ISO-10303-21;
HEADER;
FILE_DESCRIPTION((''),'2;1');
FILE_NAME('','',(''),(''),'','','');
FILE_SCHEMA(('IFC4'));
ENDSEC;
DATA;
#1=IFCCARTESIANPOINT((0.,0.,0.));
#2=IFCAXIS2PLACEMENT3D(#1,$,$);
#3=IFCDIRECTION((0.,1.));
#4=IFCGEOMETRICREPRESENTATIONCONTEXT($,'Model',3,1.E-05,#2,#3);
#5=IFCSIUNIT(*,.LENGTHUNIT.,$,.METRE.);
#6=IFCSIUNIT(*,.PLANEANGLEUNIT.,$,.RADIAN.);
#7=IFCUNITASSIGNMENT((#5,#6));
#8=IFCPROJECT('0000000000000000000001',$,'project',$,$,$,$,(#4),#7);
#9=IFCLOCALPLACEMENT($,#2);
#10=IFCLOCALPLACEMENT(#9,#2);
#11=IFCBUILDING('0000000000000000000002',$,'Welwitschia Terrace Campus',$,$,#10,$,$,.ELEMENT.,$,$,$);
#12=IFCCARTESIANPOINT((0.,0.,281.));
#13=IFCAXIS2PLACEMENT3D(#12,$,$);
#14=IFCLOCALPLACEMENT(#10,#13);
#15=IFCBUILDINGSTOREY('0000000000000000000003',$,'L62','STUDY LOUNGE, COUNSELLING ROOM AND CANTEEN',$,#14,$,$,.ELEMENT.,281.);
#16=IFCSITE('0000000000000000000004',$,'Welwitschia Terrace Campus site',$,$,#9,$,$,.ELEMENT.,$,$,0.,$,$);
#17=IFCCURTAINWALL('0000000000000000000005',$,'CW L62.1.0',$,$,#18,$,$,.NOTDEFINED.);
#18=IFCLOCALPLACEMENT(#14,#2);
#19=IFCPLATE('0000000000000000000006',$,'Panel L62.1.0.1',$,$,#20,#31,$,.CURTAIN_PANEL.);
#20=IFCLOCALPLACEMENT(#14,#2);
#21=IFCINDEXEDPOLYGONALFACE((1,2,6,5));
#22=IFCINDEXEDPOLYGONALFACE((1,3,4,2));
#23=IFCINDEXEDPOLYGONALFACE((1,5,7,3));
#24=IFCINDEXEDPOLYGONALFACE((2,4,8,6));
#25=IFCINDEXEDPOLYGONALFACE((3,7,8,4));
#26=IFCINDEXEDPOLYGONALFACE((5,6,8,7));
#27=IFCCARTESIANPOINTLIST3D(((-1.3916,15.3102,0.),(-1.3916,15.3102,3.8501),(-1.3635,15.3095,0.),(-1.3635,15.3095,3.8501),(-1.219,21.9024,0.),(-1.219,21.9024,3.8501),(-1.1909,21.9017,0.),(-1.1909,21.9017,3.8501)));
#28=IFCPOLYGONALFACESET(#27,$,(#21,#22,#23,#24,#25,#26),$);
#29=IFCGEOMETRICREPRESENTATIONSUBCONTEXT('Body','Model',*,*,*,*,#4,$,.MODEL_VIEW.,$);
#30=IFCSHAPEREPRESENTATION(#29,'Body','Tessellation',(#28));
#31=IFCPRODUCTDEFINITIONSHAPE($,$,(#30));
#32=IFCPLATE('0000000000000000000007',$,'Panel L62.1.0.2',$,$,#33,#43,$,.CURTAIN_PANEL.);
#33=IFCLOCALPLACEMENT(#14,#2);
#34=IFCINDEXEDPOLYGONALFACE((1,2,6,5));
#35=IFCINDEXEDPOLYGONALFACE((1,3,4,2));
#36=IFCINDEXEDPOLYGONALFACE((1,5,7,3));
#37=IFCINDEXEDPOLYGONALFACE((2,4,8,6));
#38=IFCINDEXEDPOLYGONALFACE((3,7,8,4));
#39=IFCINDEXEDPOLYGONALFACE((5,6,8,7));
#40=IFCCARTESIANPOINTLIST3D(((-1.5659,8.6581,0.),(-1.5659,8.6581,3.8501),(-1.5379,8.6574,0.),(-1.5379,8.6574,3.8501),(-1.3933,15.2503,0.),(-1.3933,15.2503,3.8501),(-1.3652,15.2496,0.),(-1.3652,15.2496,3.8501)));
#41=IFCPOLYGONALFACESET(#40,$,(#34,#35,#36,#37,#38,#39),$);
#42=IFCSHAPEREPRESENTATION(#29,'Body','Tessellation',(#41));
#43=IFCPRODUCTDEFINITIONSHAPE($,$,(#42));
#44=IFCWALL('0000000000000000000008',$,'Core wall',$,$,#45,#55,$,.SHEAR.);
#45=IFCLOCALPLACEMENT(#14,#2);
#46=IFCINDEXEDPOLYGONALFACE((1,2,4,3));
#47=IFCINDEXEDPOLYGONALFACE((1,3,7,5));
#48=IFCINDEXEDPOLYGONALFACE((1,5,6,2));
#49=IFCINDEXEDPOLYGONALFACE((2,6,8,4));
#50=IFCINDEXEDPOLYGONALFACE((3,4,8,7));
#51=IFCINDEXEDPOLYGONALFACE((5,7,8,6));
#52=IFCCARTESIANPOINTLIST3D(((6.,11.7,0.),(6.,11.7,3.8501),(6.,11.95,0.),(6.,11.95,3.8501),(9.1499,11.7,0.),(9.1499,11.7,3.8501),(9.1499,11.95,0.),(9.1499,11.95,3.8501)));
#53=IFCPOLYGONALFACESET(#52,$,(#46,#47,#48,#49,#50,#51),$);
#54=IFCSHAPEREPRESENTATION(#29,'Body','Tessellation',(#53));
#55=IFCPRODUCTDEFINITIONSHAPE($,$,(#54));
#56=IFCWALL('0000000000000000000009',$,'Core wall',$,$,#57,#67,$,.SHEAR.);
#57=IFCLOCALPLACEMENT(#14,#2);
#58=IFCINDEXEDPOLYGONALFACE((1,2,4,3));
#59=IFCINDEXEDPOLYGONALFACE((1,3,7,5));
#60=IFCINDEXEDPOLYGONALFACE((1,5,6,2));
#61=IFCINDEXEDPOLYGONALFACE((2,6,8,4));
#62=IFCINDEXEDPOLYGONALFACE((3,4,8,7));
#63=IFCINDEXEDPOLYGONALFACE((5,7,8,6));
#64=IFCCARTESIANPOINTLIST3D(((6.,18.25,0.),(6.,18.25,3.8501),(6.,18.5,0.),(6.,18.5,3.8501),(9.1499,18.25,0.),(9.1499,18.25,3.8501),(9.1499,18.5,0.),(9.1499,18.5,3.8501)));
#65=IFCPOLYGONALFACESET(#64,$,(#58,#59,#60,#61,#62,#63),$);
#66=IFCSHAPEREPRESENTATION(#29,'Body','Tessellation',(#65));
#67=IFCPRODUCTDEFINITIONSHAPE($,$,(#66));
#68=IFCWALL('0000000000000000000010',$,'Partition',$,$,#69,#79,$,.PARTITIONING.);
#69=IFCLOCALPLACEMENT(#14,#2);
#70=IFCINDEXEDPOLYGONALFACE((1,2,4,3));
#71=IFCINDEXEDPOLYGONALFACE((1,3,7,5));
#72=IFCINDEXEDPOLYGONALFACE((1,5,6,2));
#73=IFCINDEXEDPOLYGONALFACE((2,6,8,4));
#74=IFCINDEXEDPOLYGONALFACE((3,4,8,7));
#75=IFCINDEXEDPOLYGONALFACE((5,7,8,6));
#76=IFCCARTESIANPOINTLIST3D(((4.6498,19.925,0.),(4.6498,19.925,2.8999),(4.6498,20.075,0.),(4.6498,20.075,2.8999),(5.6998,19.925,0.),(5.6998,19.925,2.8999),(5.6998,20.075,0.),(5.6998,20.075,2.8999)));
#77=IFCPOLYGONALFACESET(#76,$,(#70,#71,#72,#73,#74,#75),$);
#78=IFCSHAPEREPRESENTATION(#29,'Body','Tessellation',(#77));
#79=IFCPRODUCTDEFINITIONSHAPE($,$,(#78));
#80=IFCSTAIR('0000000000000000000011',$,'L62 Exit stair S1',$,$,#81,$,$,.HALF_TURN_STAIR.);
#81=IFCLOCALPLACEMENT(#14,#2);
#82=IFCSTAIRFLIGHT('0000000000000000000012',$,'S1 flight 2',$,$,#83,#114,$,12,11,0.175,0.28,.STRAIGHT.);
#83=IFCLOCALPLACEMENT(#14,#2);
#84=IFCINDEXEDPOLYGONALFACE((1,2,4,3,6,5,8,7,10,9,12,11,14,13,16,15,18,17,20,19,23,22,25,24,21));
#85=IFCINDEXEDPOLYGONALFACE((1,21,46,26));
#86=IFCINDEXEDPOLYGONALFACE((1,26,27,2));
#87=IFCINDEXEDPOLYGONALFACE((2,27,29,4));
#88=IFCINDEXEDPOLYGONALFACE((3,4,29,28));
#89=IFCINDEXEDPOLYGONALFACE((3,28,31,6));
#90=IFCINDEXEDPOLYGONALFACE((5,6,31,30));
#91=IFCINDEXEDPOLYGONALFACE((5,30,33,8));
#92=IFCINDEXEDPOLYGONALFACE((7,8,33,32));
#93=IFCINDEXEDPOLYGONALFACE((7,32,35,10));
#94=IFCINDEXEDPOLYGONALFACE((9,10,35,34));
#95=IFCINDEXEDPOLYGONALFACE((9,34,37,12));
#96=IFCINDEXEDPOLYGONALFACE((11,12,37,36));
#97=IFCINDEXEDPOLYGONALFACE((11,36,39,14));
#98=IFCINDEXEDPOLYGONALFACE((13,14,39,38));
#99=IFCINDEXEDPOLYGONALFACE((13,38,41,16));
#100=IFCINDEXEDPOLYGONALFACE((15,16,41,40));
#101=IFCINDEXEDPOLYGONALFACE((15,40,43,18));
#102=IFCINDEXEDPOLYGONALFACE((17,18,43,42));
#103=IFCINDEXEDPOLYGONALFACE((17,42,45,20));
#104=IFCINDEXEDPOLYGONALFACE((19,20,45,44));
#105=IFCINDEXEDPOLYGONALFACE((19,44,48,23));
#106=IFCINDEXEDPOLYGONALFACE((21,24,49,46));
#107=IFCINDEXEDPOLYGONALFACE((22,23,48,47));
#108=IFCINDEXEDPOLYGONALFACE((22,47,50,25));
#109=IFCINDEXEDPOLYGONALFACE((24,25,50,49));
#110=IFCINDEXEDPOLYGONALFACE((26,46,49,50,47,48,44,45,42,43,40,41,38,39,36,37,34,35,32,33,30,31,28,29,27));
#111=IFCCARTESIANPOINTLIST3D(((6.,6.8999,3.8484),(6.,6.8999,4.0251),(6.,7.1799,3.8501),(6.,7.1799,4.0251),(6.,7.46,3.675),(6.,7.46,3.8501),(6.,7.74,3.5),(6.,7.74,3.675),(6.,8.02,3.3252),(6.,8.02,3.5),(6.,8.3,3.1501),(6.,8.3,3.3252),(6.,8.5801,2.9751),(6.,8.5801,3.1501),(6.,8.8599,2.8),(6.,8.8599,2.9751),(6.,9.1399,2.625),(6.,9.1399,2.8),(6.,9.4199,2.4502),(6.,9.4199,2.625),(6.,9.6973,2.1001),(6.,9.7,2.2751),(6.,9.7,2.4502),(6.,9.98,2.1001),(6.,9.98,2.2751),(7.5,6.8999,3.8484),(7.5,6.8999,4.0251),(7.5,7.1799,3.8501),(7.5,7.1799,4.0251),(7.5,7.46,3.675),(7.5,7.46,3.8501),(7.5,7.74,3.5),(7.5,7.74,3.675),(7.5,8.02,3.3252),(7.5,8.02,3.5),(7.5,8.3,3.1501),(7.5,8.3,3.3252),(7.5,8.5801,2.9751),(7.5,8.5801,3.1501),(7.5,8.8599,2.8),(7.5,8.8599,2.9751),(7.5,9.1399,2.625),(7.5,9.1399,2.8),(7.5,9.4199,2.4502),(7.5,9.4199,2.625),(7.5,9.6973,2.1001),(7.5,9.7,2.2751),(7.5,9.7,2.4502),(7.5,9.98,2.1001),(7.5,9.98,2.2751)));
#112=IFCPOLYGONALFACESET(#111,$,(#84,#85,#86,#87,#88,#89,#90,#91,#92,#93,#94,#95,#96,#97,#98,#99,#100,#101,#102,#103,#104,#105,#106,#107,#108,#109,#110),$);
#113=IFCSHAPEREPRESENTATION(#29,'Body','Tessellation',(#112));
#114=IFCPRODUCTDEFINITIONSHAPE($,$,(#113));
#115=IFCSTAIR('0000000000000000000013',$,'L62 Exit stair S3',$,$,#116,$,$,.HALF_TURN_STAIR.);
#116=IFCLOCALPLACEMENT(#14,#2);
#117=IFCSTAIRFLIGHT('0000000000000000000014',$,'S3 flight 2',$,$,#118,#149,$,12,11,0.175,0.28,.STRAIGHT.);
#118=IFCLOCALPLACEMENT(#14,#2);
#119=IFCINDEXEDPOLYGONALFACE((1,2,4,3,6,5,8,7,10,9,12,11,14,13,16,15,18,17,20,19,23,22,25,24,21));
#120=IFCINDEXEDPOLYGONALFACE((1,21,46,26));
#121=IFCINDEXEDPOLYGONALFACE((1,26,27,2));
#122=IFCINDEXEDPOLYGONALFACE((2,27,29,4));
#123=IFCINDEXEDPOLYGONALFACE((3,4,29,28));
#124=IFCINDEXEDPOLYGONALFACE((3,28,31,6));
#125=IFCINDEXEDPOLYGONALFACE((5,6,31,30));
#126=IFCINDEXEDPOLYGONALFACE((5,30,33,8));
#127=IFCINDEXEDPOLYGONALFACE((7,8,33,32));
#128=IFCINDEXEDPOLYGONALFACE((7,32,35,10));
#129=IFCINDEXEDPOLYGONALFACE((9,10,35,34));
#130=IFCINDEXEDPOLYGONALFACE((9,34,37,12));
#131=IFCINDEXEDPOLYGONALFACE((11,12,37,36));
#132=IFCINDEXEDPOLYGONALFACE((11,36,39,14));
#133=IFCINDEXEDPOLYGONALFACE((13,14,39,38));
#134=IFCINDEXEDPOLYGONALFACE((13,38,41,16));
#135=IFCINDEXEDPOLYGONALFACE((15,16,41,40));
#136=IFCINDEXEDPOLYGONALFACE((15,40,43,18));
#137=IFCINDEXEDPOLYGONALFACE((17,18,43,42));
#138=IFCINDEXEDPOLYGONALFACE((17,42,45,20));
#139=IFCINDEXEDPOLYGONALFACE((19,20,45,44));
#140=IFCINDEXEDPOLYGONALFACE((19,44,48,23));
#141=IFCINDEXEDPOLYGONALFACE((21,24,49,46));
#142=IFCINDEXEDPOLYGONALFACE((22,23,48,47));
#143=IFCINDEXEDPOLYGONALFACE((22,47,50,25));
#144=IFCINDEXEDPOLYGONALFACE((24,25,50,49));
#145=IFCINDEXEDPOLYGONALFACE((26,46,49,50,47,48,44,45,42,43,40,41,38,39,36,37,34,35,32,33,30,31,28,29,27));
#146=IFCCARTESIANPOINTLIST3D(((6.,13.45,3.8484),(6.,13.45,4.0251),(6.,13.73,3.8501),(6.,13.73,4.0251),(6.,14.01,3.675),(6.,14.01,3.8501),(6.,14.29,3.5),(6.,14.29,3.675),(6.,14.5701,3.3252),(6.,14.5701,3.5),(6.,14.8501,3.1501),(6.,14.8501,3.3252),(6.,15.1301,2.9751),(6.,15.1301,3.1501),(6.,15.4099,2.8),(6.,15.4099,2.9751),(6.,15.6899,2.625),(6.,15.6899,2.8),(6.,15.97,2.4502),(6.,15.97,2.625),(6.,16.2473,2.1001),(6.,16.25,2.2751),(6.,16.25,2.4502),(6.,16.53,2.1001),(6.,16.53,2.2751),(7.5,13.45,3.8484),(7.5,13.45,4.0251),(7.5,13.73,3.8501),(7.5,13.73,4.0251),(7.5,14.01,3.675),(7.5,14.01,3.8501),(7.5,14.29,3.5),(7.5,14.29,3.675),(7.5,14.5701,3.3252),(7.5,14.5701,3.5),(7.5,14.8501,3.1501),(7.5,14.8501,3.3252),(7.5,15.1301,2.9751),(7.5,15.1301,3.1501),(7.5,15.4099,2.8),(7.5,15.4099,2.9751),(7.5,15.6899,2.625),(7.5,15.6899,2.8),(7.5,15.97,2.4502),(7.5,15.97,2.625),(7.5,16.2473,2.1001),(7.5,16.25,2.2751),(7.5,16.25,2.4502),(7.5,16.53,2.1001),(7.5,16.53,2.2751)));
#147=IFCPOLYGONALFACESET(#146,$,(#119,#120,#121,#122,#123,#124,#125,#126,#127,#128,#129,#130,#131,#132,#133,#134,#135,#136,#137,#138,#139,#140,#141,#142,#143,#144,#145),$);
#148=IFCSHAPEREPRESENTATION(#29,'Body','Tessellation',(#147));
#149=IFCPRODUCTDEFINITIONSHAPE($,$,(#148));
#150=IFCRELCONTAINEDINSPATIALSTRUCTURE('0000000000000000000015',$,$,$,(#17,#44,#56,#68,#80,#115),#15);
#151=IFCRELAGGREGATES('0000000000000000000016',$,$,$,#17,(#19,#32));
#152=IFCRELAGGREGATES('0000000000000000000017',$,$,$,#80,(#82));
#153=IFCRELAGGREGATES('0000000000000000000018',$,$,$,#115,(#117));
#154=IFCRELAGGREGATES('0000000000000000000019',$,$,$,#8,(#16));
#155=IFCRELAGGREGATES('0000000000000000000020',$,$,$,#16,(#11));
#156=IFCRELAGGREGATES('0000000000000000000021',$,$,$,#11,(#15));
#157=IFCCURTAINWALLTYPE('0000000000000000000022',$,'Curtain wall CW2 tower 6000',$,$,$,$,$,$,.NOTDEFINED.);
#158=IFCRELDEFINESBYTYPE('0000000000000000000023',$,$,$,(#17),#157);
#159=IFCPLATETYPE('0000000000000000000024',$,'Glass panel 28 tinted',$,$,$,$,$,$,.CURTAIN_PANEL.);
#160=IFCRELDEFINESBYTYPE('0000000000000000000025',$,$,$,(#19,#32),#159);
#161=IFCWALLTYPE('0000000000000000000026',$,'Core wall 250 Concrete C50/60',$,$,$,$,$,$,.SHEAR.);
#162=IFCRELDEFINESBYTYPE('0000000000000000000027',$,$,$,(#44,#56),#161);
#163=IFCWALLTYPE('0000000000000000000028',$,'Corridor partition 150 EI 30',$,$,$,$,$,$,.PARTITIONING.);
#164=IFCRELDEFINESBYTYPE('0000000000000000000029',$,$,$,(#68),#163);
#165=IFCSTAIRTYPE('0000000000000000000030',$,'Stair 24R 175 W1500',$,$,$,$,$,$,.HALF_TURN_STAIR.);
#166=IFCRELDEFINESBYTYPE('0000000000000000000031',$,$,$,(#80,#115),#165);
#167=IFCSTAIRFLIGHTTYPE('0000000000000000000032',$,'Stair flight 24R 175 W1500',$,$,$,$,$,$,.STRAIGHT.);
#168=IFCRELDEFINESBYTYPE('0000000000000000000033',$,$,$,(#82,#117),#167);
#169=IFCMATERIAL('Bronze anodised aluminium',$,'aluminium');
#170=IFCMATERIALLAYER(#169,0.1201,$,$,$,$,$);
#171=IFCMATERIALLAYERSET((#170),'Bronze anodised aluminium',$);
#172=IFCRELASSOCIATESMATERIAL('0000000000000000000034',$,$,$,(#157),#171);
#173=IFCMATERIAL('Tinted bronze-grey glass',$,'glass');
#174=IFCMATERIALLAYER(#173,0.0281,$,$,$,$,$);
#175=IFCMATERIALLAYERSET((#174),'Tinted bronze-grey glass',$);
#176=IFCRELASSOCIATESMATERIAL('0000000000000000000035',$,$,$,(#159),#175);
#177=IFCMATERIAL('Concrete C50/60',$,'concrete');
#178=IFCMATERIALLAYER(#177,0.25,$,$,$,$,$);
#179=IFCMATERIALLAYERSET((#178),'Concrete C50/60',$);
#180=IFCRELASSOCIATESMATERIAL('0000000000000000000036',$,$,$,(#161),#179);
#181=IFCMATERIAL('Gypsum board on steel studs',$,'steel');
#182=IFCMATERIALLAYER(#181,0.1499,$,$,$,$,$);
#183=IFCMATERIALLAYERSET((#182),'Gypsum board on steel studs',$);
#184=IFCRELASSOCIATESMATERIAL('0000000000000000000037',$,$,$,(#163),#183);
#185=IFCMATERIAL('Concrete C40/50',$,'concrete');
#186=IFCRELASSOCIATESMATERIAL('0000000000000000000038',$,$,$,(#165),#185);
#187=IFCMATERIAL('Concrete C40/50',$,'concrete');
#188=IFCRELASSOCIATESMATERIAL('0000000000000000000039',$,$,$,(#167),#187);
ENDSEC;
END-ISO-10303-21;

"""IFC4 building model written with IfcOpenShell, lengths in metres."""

from ifc_helpers import new_model, si_unit, direction, frame, frame_2d, origin, origin_2d, place, context, subcontext, project, spatial, polyline, rectangle, outline, extrude, material, layer, layer_set, type_object, element, aggregate, save


model = new_model("IFC4")

# Units and contexts
model_context = context("Model", 3, precision=1e-05, world=origin(), true_north=direction((0.0, 1.0)))
body_context = subcontext(model_context, "Body", "Model", "MODEL_VIEW")
ifc_project = project(units=[si_unit("LENGTHUNIT", "METRE"), si_unit("PLANEANGLEUNIT", "RADIAN")], contexts=[model_context])

# Site, building, storey
site_placement = place(None, origin())
site = spatial("IfcSite", under=ifc_project, at=site_placement, Name="Welwitschia Terrace Campus site", CompositionType="ELEMENT", RefElevation=0.0)
building_placement = place(site_placement, origin())
building = spatial("IfcBuilding", under=site, at=building_placement, Name="Welwitschia Terrace Campus", CompositionType="ELEMENT")
storey_placement = place(building_placement, frame((0.0, 0.0, 281.0)))
storey = spatial("IfcBuildingStorey", under=building, at=storey_placement, Name="L62", Description="STUDY LOUNGE, COUNSELLING ROOM AND CANTEEN", CompositionType="ELEMENT", Elevation=281.0)

# Curtain wall
ifc_material_1 = material(Name="Bronze anodised aluminium", Category="aluminium")
ifc_layer_1 = layer(ifc_material_1, 0.1201)
ifc_layer_set_1 = layer_set([ifc_layer_1], Name="Bronze anodised aluminium")
curtain_wall_type = type_object("IfcCurtainWallType", Name="Curtain wall CW2 tower 6000", PredefinedType="NOTDEFINED", material=ifc_layer_set_1)
curtain_wall_placement = place(storey_placement, origin())
curtain_wall = element("IfcCurtainWall", 1, at=curtain_wall_placement, inside=storey, type_object=curtain_wall_type, Name="CW L62.1.0", PredefinedType="NOTDEFINED")

# Plates
ifc_material_2 = material(Name="Tinted bronze-grey glass", Category="glass")
ifc_layer_2 = layer(ifc_material_2, 0.0281)
ifc_layer_set_2 = layer_set([ifc_layer_2], Name="Tinted bronze-grey glass")
plate_type = type_object("IfcPlateType", Name="Glass panel 28 tinted", PredefinedType="CURTAIN_PANEL", material=ifc_layer_set_2)
plate_1_placement = place(storey_placement, frame((-1.2913, 18.606, 0.0), z_axis=(0.0, 0.0, 1.0), x_axis=(-0.026177, -0.999657, 0.0)))
plate_1 = element("IfcPlate", 2, at=plate_1_placement, type_object=plate_type, Name="Panel L62.1.0.1", PredefinedType="CURTAIN_PANEL", context=body_context, shape_type="SweptSolid", body=[
    extrude(rectangle(XDim=6.5945, YDim=0.0281, at=origin_2d()), origin(), (0.0, 0.0, 1.0), 3.8501),
])
plate_2_placement = place(storey_placement, frame((-1.4656, 11.9539, 0.0), z_axis=(0.0, 0.0, 1.0), x_axis=(-0.026177, -0.999657, 0.0)))
plate_2 = element("IfcPlate", 3, at=plate_2_placement, type_object=plate_type, Name="Panel L62.1.0.2", PredefinedType="CURTAIN_PANEL", context=body_context, shape_type="SweptSolid", body=[
    extrude(rectangle(XDim=6.5945, YDim=0.0281, at=origin_2d()), origin(), (0.0, 0.0, 1.0), 3.8501),
])
aggregate(curtain_wall, [plate_1, plate_2])

# Walls
ifc_material_3 = material(Name="Concrete C50/60", Category="concrete")
ifc_layer_3 = layer(ifc_material_3, 0.25)
ifc_layer_set_3 = layer_set([ifc_layer_3], Name="Concrete C50/60")
wall_type_1 = type_object("IfcWallType", Name="Core wall 250 Concrete C50/60", PredefinedType="SHEAR", material=ifc_layer_set_3)
for number, where, z_axis, x_axis, name in (
    (4, (6.0, 11.825, 0.0), (0.0, 0.0, 1.0), (1.0, 0.0, 0.0), "Core wall"),
    (5, (6.0, 18.375, 0.0), (0.0, 0.0, 1.0), (1.0, 0.0, 0.0), "Core wall"),
):
    element("IfcWall", number, at=place(storey_placement, frame(where, z_axis=z_axis, x_axis=x_axis)), inside=storey, type_object=wall_type_1, Name=name, PredefinedType="SHEAR", context=body_context, shape_type="SweptSolid", body=[
        extrude(rectangle(XDim=3.1499, YDim=0.25, at=frame_2d((1.575, 0.0))), origin(), (0.0, 0.0, 1.0), 3.8501),
    ])
ifc_material_4 = material(Name="Gypsum board on steel studs", Category="steel")
ifc_layer_4 = layer(ifc_material_4, 0.1499)
ifc_layer_set_4 = layer_set([ifc_layer_4], Name="Gypsum board on steel studs")
wall_type_2 = type_object("IfcWallType", Name="Corridor partition 150 EI 30", PredefinedType="PARTITIONING", material=ifc_layer_set_4)
wall_placement = place(storey_placement, frame((4.6499, 20.0, 0.0), z_axis=(0.0, 0.0, 1.0), x_axis=(1.0, 0.0, 0.0)))
element("IfcWall", 6, at=wall_placement, inside=storey, type_object=wall_type_2, Name="Partition", PredefinedType="PARTITIONING", context=body_context, shape_type="SweptSolid", body=[
    extrude(rectangle(XDim=1.05, YDim=0.1499, at=frame_2d((0.5249, 0.0))), origin(), (0.0, 0.0, 1.0), 2.8999),
])

# Stairs, stair flights
ifc_material_5 = material(Name="Concrete C40/50", Category="concrete")
stair_type = type_object("IfcStairType", Name="Stair 24R 175 W1500", PredefinedType="HALF_TURN_STAIR", material=ifc_material_5)
stair_1_placement = place(storey_placement, origin())
stair_1 = element("IfcStair", 7, at=stair_1_placement, inside=storey, type_object=stair_type, Name="L62 Exit stair S1", PredefinedType="HALF_TURN_STAIR")
ifc_material_6 = material(Name="Concrete C40/50", Category="concrete")
stair_flight_type = type_object("IfcStairFlightType", Name="Stair flight 24R 175 W1500", PredefinedType="STRAIGHT", material=ifc_material_6)
stair_flight_1_placement = place(storey_placement, frame((6.75, 9.98, 2.1001), z_axis=(0.0, 0.0, 1.0), x_axis=(0.0, -1.0, 0.0)))
stair_flight_1 = element("IfcStairFlight", 8, at=stair_flight_1_placement, type_object=stair_flight_type, Name="S1 flight 2", NumberOfRisers=12, NumberOfTreads=11, PredefinedType="STRAIGHT", RiserHeight=0.175, TreadLength=0.28, context=body_context, shape_type="SweptSolid", body=[
    extrude(outline(polyline([(0.0, 0.0), (0.0, 0.175), (0.28, 0.175), (0.28, 0.3501), (0.5601, 0.3501), (0.5601, 0.5249), (0.8401, 0.5249), (0.8401, 0.7), (1.1201, 0.7), (1.1201, 0.875), (1.3999, 0.875), (1.3999, 1.05), (1.6799, 1.05), (1.6799, 1.2251), (1.96, 1.2251), (1.96, 1.3999), (2.24, 1.3999), (2.24, 1.575), (2.52, 1.575), (2.52, 1.75), (2.8, 1.75), (2.8, 1.925), (3.0801, 1.925), (3.0801, 2.1001), (3.0801, 1.7483), (0.2827, 0.0), (0.0, 0.0)])), frame((0.0, 0.75, 0.0), z_axis=(0.0, -1.0, 0.0), x_axis=(1.0, 0.0, 0.0)), (0.0, 0.0, 1.0), 1.5),
])
aggregate(stair_1, [stair_flight_1])
stair_2_placement = place(storey_placement, origin())
stair_2 = element("IfcStair", 9, at=stair_2_placement, inside=storey, type_object=stair_type, Name="L62 Exit stair S3", PredefinedType="HALF_TURN_STAIR")
stair_flight_2_placement = place(storey_placement, frame((6.75, 16.53, 2.1001), z_axis=(0.0, 0.0, 1.0), x_axis=(0.0, -1.0, 0.0)))
stair_flight_2 = element("IfcStairFlight", 10, at=stair_flight_2_placement, type_object=stair_flight_type, Name="S3 flight 2", NumberOfRisers=12, NumberOfTreads=11, PredefinedType="STRAIGHT", RiserHeight=0.175, TreadLength=0.28, context=body_context, shape_type="SweptSolid", body=[
    extrude(outline(polyline([(0.0, 0.0), (0.0, 0.175), (0.28, 0.175), (0.28, 0.3501), (0.5601, 0.3501), (0.5601, 0.5249), (0.8401, 0.5249), (0.8401, 0.7), (1.1201, 0.7), (1.1201, 0.875), (1.3999, 0.875), (1.3999, 1.05), (1.6799, 1.05), (1.6799, 1.2251), (1.96, 1.2251), (1.96, 1.3999), (2.24, 1.3999), (2.24, 1.575), (2.52, 1.575), (2.52, 1.75), (2.8, 1.75), (2.8, 1.925), (3.0801, 1.925), (3.0801, 2.1001), (3.0801, 1.7483), (0.2827, 0.0), (0.0, 0.0)])), frame((0.0, 0.75, 0.0), z_axis=(0.0, -1.0, 0.0), x_axis=(1.0, 0.0, 0.0)), (0.0, 0.0, 1.0), 1.5),
])
aggregate(stair_2, [stair_flight_2])

save(model, "model.ifc")
